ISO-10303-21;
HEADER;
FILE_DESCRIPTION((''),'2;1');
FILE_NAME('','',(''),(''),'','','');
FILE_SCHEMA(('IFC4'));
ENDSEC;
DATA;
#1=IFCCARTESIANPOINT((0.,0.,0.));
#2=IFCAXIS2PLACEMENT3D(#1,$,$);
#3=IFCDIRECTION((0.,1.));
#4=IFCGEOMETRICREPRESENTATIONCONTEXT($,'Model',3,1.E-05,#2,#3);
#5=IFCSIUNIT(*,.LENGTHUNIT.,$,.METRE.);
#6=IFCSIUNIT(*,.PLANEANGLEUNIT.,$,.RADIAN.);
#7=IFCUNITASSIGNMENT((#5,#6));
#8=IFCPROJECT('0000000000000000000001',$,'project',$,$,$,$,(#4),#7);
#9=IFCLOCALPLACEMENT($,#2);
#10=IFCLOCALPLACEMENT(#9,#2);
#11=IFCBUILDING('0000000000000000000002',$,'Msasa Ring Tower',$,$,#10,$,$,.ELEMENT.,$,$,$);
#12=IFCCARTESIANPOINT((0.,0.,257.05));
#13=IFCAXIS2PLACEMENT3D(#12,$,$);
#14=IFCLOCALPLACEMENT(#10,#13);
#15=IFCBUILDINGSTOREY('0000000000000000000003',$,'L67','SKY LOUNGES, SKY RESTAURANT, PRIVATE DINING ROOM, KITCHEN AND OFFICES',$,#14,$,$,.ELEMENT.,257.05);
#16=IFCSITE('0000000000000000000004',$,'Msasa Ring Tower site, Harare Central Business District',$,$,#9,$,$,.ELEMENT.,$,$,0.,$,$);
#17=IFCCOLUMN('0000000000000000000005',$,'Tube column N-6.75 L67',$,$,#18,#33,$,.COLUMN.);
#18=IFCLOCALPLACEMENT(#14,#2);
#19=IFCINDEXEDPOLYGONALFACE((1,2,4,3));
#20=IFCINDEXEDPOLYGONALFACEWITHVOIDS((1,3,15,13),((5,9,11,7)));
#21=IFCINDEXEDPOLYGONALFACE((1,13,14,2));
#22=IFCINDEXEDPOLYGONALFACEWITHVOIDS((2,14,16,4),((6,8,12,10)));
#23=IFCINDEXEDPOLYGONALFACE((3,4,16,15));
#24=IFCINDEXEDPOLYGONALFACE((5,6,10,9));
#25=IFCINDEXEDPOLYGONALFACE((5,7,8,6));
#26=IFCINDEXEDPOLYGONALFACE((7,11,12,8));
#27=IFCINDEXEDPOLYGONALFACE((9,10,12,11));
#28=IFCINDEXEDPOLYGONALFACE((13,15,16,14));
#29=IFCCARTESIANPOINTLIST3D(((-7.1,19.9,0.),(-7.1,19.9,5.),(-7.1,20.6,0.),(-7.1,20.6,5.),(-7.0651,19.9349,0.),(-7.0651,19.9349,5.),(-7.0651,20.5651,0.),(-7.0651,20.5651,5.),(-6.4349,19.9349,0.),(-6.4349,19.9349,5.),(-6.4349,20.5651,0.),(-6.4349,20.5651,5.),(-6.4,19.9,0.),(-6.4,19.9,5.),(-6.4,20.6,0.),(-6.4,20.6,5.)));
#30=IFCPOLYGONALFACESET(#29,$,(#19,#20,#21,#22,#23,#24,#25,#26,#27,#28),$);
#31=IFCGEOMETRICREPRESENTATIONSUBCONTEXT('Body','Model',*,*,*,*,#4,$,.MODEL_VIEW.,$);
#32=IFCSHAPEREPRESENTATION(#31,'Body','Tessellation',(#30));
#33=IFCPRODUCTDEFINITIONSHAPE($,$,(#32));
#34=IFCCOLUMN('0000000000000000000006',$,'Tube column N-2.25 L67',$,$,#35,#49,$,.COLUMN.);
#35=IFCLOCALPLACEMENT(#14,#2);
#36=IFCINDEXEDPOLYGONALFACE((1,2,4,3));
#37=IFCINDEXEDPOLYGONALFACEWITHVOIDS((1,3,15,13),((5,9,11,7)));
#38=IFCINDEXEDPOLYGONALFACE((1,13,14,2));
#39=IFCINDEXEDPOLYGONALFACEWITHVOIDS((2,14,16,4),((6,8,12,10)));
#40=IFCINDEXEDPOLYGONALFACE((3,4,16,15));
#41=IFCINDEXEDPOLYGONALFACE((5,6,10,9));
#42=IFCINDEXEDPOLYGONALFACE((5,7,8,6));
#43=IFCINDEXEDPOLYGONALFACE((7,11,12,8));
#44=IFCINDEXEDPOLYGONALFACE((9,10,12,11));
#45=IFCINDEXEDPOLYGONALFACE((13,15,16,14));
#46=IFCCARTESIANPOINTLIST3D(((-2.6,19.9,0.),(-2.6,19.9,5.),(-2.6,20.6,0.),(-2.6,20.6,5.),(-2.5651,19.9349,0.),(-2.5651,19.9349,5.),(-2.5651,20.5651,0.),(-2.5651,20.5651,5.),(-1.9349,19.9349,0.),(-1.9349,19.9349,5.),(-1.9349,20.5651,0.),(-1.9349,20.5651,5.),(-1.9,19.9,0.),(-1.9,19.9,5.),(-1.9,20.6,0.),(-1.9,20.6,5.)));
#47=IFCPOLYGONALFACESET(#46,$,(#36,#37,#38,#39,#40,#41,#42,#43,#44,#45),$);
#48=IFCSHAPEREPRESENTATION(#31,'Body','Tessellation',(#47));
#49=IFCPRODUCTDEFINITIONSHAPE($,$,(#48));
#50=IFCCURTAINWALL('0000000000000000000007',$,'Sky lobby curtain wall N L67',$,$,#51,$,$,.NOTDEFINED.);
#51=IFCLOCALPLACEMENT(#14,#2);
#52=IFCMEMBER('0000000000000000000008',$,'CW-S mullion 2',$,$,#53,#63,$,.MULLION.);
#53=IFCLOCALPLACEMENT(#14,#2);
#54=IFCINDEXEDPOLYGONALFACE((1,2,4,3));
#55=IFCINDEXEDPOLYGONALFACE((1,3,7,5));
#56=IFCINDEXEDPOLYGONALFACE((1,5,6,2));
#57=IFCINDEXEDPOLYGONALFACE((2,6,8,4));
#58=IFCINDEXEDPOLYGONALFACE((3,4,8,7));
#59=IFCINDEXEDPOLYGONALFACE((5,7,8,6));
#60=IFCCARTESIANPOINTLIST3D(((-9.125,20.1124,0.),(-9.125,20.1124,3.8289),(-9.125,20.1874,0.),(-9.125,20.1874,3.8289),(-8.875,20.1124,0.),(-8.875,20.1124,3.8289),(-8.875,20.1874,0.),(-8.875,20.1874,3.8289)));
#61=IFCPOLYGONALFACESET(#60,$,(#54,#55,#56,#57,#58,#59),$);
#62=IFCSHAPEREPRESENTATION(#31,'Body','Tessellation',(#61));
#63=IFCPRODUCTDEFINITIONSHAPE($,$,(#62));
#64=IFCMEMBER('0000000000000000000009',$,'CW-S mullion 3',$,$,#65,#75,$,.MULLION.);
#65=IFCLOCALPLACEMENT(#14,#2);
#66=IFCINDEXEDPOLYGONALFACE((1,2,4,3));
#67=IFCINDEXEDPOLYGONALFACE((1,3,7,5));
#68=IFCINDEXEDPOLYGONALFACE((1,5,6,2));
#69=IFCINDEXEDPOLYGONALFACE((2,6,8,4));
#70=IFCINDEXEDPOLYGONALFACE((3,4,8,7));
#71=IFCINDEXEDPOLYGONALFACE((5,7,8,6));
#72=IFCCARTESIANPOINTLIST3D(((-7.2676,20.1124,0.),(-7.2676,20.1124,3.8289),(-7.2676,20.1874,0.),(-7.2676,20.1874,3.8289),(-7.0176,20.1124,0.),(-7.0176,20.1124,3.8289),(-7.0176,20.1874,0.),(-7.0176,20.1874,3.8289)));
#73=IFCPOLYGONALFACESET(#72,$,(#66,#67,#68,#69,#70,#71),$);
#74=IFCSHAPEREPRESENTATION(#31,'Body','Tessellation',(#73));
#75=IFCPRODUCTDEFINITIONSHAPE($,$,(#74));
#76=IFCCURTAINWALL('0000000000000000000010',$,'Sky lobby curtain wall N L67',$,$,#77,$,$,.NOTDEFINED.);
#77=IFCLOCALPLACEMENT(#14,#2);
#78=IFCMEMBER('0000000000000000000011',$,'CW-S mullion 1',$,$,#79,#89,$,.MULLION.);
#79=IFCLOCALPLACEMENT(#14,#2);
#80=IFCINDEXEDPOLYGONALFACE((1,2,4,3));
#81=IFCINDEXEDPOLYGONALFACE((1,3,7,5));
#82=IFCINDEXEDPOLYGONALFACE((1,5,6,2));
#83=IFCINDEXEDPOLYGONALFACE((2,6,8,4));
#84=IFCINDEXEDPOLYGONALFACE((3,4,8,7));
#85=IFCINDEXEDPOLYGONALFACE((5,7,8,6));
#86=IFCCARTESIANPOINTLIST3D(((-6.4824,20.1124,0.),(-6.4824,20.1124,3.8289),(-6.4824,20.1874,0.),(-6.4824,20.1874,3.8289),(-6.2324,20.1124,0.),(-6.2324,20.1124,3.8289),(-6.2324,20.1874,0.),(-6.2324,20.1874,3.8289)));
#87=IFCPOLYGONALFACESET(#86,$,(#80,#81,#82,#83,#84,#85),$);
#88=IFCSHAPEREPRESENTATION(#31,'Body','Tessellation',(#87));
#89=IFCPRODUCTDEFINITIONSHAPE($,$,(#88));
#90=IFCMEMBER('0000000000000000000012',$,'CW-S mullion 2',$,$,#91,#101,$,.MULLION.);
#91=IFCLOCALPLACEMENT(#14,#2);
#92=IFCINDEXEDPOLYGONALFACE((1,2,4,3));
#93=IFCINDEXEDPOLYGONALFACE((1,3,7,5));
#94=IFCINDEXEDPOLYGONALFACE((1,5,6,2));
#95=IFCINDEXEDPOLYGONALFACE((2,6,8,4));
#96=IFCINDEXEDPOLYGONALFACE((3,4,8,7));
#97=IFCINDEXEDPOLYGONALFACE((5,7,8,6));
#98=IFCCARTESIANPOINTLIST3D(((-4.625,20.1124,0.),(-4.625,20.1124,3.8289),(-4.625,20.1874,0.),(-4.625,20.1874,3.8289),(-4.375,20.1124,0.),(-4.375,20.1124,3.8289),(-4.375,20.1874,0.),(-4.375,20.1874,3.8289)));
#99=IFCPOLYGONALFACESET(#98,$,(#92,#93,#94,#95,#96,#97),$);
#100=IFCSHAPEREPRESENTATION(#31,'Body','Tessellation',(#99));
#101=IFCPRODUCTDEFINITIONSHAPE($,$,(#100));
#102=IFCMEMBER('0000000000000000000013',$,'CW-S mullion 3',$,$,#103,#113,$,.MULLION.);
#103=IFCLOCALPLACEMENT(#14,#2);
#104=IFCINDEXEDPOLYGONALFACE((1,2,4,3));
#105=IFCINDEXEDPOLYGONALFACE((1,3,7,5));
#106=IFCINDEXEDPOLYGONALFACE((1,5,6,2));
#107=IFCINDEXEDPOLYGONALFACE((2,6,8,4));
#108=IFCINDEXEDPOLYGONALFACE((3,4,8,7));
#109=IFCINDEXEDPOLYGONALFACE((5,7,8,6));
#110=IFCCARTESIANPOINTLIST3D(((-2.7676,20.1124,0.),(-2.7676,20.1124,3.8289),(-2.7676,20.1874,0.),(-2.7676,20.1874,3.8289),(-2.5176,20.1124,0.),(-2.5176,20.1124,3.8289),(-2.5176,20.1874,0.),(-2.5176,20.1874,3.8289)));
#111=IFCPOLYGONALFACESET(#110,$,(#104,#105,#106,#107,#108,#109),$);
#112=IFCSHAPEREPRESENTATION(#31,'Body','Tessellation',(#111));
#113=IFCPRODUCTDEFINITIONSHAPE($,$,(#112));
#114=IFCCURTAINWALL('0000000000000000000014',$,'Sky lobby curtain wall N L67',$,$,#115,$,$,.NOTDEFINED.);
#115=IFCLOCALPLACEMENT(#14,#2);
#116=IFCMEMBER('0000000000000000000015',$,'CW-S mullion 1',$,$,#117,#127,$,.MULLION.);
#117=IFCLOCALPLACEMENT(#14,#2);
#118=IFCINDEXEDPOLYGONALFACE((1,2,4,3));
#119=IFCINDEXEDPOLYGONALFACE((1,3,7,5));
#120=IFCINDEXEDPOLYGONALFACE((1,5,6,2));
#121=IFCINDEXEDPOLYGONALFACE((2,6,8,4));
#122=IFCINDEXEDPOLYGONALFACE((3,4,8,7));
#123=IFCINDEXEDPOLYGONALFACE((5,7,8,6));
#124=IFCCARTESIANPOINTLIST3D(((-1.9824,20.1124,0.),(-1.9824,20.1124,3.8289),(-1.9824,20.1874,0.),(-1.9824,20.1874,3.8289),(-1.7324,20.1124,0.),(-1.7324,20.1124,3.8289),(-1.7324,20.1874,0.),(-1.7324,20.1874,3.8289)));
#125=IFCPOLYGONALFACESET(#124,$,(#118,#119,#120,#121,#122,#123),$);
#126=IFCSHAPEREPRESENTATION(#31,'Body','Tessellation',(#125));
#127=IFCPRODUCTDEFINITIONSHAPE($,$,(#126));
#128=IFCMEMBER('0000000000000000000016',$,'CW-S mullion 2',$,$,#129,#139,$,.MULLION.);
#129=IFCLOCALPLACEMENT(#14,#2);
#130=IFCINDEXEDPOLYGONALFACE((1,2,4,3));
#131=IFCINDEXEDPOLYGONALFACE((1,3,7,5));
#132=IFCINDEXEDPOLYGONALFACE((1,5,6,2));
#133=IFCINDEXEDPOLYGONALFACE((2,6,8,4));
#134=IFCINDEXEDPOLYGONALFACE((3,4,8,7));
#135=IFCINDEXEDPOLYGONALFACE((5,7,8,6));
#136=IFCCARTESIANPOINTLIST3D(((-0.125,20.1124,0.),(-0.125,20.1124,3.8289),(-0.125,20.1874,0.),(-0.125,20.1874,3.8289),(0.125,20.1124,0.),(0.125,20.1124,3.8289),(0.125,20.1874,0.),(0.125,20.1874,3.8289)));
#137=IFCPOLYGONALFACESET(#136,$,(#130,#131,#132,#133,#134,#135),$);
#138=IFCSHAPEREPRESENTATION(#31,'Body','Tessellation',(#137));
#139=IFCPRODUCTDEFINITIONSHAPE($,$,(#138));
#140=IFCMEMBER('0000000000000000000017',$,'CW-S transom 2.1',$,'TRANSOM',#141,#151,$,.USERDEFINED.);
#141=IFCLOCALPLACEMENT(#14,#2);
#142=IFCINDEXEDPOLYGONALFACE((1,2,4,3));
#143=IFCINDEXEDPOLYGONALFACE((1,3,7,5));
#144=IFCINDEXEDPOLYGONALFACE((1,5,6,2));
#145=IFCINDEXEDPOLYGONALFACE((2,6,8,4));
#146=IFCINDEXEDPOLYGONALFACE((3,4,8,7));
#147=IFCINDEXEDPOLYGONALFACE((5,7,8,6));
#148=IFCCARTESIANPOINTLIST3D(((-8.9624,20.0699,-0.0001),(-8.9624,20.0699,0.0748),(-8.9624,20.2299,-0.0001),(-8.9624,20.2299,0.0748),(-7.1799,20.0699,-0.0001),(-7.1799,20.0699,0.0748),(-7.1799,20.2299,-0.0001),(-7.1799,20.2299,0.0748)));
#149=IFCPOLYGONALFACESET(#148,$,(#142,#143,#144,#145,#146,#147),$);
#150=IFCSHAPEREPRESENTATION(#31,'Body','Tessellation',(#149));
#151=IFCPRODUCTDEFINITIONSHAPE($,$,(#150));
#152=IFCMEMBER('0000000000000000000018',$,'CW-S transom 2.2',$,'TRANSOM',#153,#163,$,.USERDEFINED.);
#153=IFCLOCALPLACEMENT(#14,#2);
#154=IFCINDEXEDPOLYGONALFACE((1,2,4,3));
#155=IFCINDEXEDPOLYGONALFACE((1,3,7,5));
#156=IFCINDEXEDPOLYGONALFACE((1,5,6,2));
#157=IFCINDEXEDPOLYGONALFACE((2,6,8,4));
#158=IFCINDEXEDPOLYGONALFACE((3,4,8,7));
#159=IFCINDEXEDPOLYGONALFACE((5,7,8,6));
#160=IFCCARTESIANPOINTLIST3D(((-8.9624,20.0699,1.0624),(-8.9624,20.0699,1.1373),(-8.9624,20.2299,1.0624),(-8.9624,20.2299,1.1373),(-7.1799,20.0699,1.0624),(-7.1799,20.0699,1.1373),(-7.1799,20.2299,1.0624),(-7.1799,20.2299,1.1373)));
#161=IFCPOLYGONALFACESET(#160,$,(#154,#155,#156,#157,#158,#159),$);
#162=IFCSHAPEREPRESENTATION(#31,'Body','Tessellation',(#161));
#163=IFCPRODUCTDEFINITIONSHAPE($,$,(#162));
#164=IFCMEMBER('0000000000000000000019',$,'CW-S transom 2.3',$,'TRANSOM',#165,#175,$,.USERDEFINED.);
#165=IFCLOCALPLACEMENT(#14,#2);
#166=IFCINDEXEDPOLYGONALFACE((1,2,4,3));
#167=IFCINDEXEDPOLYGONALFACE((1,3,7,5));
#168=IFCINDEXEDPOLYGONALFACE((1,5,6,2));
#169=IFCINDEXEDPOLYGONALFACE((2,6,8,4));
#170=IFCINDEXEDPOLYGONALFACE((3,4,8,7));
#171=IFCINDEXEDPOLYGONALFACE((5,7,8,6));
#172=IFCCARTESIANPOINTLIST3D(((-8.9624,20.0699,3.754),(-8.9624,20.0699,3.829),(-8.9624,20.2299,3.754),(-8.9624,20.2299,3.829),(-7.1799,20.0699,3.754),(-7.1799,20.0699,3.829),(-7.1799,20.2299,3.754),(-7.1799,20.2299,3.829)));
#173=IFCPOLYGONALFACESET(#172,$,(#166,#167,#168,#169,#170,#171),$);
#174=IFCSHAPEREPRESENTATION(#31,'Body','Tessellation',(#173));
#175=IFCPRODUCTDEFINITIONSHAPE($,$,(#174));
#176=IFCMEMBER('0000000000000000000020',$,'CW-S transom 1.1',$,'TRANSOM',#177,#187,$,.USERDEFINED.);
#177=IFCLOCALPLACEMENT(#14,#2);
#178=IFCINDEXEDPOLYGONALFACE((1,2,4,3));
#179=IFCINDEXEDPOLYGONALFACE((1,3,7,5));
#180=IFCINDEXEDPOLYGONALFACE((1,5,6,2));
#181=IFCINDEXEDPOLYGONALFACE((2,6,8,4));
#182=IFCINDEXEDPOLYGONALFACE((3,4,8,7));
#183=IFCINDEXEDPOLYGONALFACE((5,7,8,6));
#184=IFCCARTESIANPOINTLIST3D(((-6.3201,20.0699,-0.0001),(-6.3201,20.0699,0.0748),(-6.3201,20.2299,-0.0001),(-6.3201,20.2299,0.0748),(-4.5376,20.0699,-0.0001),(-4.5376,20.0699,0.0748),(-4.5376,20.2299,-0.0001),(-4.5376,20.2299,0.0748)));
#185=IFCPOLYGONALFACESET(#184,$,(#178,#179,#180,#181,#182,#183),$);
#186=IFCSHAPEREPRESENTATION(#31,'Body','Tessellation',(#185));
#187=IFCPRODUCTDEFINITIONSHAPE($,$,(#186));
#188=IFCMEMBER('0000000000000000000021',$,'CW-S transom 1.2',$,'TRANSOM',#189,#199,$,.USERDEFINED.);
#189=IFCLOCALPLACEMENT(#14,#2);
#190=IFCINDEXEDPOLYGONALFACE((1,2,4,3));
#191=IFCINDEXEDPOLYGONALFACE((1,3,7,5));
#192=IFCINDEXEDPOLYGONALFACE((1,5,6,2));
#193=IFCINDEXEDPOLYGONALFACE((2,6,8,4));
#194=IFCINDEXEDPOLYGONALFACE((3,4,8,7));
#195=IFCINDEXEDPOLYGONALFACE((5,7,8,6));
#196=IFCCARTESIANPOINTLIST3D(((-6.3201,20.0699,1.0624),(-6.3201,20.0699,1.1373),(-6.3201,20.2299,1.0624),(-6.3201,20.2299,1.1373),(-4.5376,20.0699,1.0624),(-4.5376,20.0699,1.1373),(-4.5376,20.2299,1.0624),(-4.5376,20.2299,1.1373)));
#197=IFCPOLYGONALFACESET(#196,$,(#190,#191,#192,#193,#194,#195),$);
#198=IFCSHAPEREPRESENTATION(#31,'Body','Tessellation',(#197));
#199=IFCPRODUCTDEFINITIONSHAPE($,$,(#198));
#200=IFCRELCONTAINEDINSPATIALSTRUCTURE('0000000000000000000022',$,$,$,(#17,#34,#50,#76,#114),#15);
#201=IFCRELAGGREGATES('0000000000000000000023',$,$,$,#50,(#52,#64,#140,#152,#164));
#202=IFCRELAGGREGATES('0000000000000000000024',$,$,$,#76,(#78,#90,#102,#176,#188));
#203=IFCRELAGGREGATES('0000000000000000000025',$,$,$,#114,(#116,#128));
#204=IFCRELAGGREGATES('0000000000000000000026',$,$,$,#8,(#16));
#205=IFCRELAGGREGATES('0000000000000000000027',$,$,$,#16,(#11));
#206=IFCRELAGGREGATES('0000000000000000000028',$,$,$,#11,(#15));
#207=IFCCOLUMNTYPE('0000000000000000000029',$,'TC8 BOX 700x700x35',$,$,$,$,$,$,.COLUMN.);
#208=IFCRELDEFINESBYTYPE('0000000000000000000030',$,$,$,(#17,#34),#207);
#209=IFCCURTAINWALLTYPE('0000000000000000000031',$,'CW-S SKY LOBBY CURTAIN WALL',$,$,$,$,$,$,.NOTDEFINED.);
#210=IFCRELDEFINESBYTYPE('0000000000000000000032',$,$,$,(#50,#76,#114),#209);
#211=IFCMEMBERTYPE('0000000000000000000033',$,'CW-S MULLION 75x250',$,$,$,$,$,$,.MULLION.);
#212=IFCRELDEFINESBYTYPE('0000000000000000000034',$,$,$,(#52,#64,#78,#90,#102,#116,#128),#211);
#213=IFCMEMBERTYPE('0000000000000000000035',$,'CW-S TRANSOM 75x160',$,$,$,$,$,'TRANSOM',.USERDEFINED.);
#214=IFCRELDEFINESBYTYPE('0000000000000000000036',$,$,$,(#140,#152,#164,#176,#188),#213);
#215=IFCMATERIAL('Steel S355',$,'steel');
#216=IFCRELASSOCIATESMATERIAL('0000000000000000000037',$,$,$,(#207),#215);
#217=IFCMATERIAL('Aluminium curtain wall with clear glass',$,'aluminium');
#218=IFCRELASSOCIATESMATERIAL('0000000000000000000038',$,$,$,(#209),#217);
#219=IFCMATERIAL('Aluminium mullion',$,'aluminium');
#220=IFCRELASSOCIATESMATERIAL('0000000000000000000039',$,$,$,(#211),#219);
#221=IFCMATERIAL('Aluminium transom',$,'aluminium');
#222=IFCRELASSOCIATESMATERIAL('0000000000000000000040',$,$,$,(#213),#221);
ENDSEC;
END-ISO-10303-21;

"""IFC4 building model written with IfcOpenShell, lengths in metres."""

from ifc_helpers import new_model, si_unit, direction, frame, origin, origin_2d, place, context, subcontext, project, spatial, rectangle, hollow_rectangle, extrude, material, material_profile, profile_set, type_object, element, aggregate, save


model = new_model("IFC4")

# Units and contexts
model_context = context("Model", 3, precision=1e-05, world=origin(), true_north=direction((0.0, 1.0)))
body_context = subcontext(model_context, "Body", "Model", "MODEL_VIEW")
ifc_project = project(units=[si_unit("LENGTHUNIT", "METRE"), si_unit("PLANEANGLEUNIT", "RADIAN")], contexts=[model_context])

# Site, building, storey
site_placement = place(None, origin())
site = spatial("IfcSite", under=ifc_project, at=site_placement, Name="Msasa Ring Tower site, Harare Central Business District", CompositionType="ELEMENT", RefElevation=0.0)
building_placement = place(site_placement, origin())
building = spatial("IfcBuilding", under=site, at=building_placement, Name="Msasa Ring Tower", CompositionType="ELEMENT")
storey_placement = place(building_placement, frame((0.0, 0.0, 257.05)))
storey = spatial("IfcBuildingStorey", under=building, at=storey_placement, Name="L67", Description="SKY LOUNGES, SKY RESTAURANT, PRIVATE DINING ROOM, KITCHEN AND OFFICES", CompositionType="ELEMENT", Elevation=257.05)

# Columns
ifc_material_1 = material(Name="Steel S355", Category="steel")
ifc_material_profile_1 = material_profile(ifc_material_1, hollow_rectangle(XDim=0.7, YDim=0.7, WallThickness=0.0349, at=origin_2d()), Name="BOX 700x700x35")
ifc_profile_set_1 = profile_set([ifc_material_profile_1], Name="Steel S355")
column_type = type_object("IfcColumnType", Name="TC8 BOX 700x700x35", PredefinedType="COLUMN", material=ifc_profile_set_1)
for number, where, z_axis, x_axis, name in (
    (1, (-6.75, 20.25, 0.0), (0.0, 0.0, 1.0), (0.0, 1.0, 0.0), "Tube column N-6.75 L67"),
    (2, (-2.25, 20.25, 0.0), (0.0, 0.0, 1.0), (0.0, 1.0, 0.0), "Tube column N-2.25 L67"),
):
    element("IfcColumn", number, at=place(storey_placement, frame(where, z_axis=z_axis, x_axis=x_axis)), inside=storey, type_object=column_type, Name=name, PredefinedType="COLUMN", context=body_context, shape_type="SweptSolid", body=[
        extrude(hollow_rectangle(XDim=0.7, YDim=0.7, WallThickness=0.0349, at=origin_2d()), origin(), (0.0, 0.0, 1.0), 5.0),
    ])

# Curtain walls, members
ifc_material_2 = material(Name="Aluminium curtain wall with clear glass", Category="aluminium")
curtain_wall_type = type_object("IfcCurtainWallType", Name="CW-S SKY LOBBY CURTAIN WALL", PredefinedType="NOTDEFINED", material=ifc_material_2)
curtain_wall_1_placement = place(storey_placement, origin())
curtain_wall_1 = element("IfcCurtainWall", 3, at=curtain_wall_1_placement, inside=storey, type_object=curtain_wall_type, Name="Sky lobby curtain wall N L67", PredefinedType="NOTDEFINED")
ifc_material_3 = material(Name="Aluminium mullion", Category="aluminium")
ifc_material_profile_2 = material_profile(ifc_material_3, rectangle(XDim=0.075, YDim=0.25, at=origin_2d()), Name="AL 75x250")
ifc_profile_set_2 = profile_set([ifc_material_profile_2], Name="Aluminium mullion")
member_type_1 = type_object("IfcMemberType", Name="CW-S MULLION 75x250", PredefinedType="MULLION", material=ifc_profile_set_2)
member_1_placement = place(storey_placement, frame((-9.0, 20.1499, 0.0), z_axis=(0.0, 0.0, 1.0), x_axis=(0.0, 1.0, 0.0)))
member_1 = element("IfcMember", 4, at=member_1_placement, type_object=member_type_1, Name="CW-S mullion 2", PredefinedType="MULLION", context=body_context, shape_type="SweptSolid", body=[
    extrude(rectangle(XDim=0.075, YDim=0.25, at=origin_2d()), origin(), (0.0, 0.0, 1.0), 3.8289),
])
member_2_placement = place(storey_placement, frame((-7.1426, 20.1499, 0.0), z_axis=(0.0, 0.0, 1.0), x_axis=(0.0, 1.0, 0.0)))
member_2 = element("IfcMember", 5, at=member_2_placement, type_object=member_type_1, Name="CW-S mullion 3", PredefinedType="MULLION", context=body_context, shape_type="SweptSolid", body=[
    extrude(rectangle(XDim=0.075, YDim=0.25, at=origin_2d()), origin(), (0.0, 0.0, 1.0), 3.8289),
])
curtain_wall_2_placement = place(storey_placement, origin())
curtain_wall_2 = element("IfcCurtainWall", 6, at=curtain_wall_2_placement, inside=storey, type_object=curtain_wall_type, Name="Sky lobby curtain wall N L67", PredefinedType="NOTDEFINED")
member_3_placement = place(storey_placement, frame((-6.3574, 20.1499, 0.0), z_axis=(0.0, 0.0, 1.0), x_axis=(0.0, 1.0, 0.0)))
member_3 = element("IfcMember", 7, at=member_3_placement, type_object=member_type_1, Name="CW-S mullion 1", PredefinedType="MULLION", context=body_context, shape_type="SweptSolid", body=[
    extrude(rectangle(XDim=0.075, YDim=0.25, at=origin_2d()), origin(), (0.0, 0.0, 1.0), 3.8289),
])
member_4_placement = place(storey_placement, frame((-4.5, 20.1499, 0.0), z_axis=(0.0, 0.0, 1.0), x_axis=(0.0, 1.0, 0.0)))
member_4 = element("IfcMember", 8, at=member_4_placement, type_object=member_type_1, Name="CW-S mullion 2", PredefinedType="MULLION", context=body_context, shape_type="SweptSolid", body=[
    extrude(rectangle(XDim=0.075, YDim=0.25, at=origin_2d()), origin(), (0.0, 0.0, 1.0), 3.8289),
])
member_5_placement = place(storey_placement, frame((-2.6426, 20.1499, 0.0), z_axis=(0.0, 0.0, 1.0), x_axis=(0.0, 1.0, 0.0)))
member_5 = element("IfcMember", 9, at=member_5_placement, type_object=member_type_1, Name="CW-S mullion 3", PredefinedType="MULLION", context=body_context, shape_type="SweptSolid", body=[
    extrude(rectangle(XDim=0.075, YDim=0.25, at=origin_2d()), origin(), (0.0, 0.0, 1.0), 3.8289),
])
curtain_wall_3_placement = place(storey_placement, origin())
curtain_wall_3 = element("IfcCurtainWall", 10, at=curtain_wall_3_placement, inside=storey, type_object=curtain_wall_type, Name="Sky lobby curtain wall N L67", PredefinedType="NOTDEFINED")
member_6_placement = place(storey_placement, frame((-1.8574, 20.1499, 0.0), z_axis=(0.0, 0.0, 1.0), x_axis=(0.0, 1.0, 0.0)))
member_6 = element("IfcMember", 11, at=member_6_placement, type_object=member_type_1, Name="CW-S mullion 1", PredefinedType="MULLION", context=body_context, shape_type="SweptSolid", body=[
    extrude(rectangle(XDim=0.075, YDim=0.25, at=origin_2d()), origin(), (0.0, 0.0, 1.0), 3.8289),
])
member_7_placement = place(storey_placement, frame((0.0, 20.1499, 0.0), z_axis=(0.0, 0.0, 1.0), x_axis=(0.0, 1.0, 0.0)))
member_7 = element("IfcMember", 12, at=member_7_placement, type_object=member_type_1, Name="CW-S mullion 2", PredefinedType="MULLION", context=body_context, shape_type="SweptSolid", body=[
    extrude(rectangle(XDim=0.075, YDim=0.25, at=origin_2d()), origin(), (0.0, 0.0, 1.0), 3.8289),
])

# Members
ifc_material_4 = material(Name="Aluminium transom", Category="aluminium")
ifc_material_profile_3 = material_profile(ifc_material_4, rectangle(XDim=0.1599, YDim=0.075, at=origin_2d()), Name="AL 75x160")
ifc_profile_set_3 = profile_set([ifc_material_profile_3], Name="Aluminium transom")
member_type_2 = type_object("IfcMemberType", Name="CW-S TRANSOM 75x160", ElementType="TRANSOM", PredefinedType="USERDEFINED", material=ifc_profile_set_3)
member_8_placement = place(storey_placement, frame((-8.9624, 20.1499, 0.0374), z_axis=(1.0, 0.0, 0.0), x_axis=(0.0, 1.0, 0.0)))
member_8 = element("IfcMember", 13, at=member_8_placement, type_object=member_type_2, Name="CW-S transom 2.1", ObjectType="TRANSOM", PredefinedType="USERDEFINED", context=body_context, shape_type="SweptSolid", body=[
    extrude(rectangle(XDim=0.1599, YDim=0.075, at=origin_2d()), origin(), (0.0, 0.0, 1.0), 1.7825),
])
member_9_placement = place(storey_placement, frame((-8.9624, 20.1499, 1.0999), z_axis=(1.0, 0.0, 0.0), x_axis=(0.0, 1.0, 0.0)))
member_9 = element("IfcMember", 14, at=member_9_placement, type_object=member_type_2, Name="CW-S transom 2.2", ObjectType="TRANSOM", PredefinedType="USERDEFINED", context=body_context, shape_type="SweptSolid", body=[
    extrude(rectangle(XDim=0.1599, YDim=0.075, at=origin_2d()), origin(), (0.0, 0.0, 1.0), 1.7825),
])
member_10_placement = place(storey_placement, frame((-8.9624, 20.1499, 3.7915), z_axis=(1.0, 0.0, 0.0), x_axis=(0.0, 1.0, 0.0)))
member_10 = element("IfcMember", 15, at=member_10_placement, type_object=member_type_2, Name="CW-S transom 2.3", ObjectType="TRANSOM", PredefinedType="USERDEFINED", context=body_context, shape_type="SweptSolid", body=[
    extrude(rectangle(XDim=0.1599, YDim=0.075, at=origin_2d()), origin(), (0.0, 0.0, 1.0), 1.7825),
])
member_11_placement = place(storey_placement, frame((-6.3201, 20.1499, 0.0374), z_axis=(1.0, 0.0, 0.0), x_axis=(0.0, 1.0, 0.0)))
member_11 = element("IfcMember", 16, at=member_11_placement, type_object=member_type_2, Name="CW-S transom 1.1", ObjectType="TRANSOM", PredefinedType="USERDEFINED", context=body_context, shape_type="SweptSolid", body=[
    extrude(rectangle(XDim=0.1599, YDim=0.075, at=origin_2d()), origin(), (0.0, 0.0, 1.0), 1.7825),
])
member_12_placement = place(storey_placement, frame((-6.3201, 20.1499, 1.0999), z_axis=(1.0, 0.0, 0.0), x_axis=(0.0, 1.0, 0.0)))
member_12 = element("IfcMember", 17, at=member_12_placement, type_object=member_type_2, Name="CW-S transom 1.2", ObjectType="TRANSOM", PredefinedType="USERDEFINED", context=body_context, shape_type="SweptSolid", body=[
    extrude(rectangle(XDim=0.1599, YDim=0.075, at=origin_2d()), origin(), (0.0, 0.0, 1.0), 1.7825),
])

aggregate(curtain_wall_1, [member_1, member_2, member_8, member_9, member_10])
aggregate(curtain_wall_2, [member_3, member_4, member_5, member_11, member_12])
aggregate(curtain_wall_3, [member_6, member_7])

save(model, "model.ifc")
